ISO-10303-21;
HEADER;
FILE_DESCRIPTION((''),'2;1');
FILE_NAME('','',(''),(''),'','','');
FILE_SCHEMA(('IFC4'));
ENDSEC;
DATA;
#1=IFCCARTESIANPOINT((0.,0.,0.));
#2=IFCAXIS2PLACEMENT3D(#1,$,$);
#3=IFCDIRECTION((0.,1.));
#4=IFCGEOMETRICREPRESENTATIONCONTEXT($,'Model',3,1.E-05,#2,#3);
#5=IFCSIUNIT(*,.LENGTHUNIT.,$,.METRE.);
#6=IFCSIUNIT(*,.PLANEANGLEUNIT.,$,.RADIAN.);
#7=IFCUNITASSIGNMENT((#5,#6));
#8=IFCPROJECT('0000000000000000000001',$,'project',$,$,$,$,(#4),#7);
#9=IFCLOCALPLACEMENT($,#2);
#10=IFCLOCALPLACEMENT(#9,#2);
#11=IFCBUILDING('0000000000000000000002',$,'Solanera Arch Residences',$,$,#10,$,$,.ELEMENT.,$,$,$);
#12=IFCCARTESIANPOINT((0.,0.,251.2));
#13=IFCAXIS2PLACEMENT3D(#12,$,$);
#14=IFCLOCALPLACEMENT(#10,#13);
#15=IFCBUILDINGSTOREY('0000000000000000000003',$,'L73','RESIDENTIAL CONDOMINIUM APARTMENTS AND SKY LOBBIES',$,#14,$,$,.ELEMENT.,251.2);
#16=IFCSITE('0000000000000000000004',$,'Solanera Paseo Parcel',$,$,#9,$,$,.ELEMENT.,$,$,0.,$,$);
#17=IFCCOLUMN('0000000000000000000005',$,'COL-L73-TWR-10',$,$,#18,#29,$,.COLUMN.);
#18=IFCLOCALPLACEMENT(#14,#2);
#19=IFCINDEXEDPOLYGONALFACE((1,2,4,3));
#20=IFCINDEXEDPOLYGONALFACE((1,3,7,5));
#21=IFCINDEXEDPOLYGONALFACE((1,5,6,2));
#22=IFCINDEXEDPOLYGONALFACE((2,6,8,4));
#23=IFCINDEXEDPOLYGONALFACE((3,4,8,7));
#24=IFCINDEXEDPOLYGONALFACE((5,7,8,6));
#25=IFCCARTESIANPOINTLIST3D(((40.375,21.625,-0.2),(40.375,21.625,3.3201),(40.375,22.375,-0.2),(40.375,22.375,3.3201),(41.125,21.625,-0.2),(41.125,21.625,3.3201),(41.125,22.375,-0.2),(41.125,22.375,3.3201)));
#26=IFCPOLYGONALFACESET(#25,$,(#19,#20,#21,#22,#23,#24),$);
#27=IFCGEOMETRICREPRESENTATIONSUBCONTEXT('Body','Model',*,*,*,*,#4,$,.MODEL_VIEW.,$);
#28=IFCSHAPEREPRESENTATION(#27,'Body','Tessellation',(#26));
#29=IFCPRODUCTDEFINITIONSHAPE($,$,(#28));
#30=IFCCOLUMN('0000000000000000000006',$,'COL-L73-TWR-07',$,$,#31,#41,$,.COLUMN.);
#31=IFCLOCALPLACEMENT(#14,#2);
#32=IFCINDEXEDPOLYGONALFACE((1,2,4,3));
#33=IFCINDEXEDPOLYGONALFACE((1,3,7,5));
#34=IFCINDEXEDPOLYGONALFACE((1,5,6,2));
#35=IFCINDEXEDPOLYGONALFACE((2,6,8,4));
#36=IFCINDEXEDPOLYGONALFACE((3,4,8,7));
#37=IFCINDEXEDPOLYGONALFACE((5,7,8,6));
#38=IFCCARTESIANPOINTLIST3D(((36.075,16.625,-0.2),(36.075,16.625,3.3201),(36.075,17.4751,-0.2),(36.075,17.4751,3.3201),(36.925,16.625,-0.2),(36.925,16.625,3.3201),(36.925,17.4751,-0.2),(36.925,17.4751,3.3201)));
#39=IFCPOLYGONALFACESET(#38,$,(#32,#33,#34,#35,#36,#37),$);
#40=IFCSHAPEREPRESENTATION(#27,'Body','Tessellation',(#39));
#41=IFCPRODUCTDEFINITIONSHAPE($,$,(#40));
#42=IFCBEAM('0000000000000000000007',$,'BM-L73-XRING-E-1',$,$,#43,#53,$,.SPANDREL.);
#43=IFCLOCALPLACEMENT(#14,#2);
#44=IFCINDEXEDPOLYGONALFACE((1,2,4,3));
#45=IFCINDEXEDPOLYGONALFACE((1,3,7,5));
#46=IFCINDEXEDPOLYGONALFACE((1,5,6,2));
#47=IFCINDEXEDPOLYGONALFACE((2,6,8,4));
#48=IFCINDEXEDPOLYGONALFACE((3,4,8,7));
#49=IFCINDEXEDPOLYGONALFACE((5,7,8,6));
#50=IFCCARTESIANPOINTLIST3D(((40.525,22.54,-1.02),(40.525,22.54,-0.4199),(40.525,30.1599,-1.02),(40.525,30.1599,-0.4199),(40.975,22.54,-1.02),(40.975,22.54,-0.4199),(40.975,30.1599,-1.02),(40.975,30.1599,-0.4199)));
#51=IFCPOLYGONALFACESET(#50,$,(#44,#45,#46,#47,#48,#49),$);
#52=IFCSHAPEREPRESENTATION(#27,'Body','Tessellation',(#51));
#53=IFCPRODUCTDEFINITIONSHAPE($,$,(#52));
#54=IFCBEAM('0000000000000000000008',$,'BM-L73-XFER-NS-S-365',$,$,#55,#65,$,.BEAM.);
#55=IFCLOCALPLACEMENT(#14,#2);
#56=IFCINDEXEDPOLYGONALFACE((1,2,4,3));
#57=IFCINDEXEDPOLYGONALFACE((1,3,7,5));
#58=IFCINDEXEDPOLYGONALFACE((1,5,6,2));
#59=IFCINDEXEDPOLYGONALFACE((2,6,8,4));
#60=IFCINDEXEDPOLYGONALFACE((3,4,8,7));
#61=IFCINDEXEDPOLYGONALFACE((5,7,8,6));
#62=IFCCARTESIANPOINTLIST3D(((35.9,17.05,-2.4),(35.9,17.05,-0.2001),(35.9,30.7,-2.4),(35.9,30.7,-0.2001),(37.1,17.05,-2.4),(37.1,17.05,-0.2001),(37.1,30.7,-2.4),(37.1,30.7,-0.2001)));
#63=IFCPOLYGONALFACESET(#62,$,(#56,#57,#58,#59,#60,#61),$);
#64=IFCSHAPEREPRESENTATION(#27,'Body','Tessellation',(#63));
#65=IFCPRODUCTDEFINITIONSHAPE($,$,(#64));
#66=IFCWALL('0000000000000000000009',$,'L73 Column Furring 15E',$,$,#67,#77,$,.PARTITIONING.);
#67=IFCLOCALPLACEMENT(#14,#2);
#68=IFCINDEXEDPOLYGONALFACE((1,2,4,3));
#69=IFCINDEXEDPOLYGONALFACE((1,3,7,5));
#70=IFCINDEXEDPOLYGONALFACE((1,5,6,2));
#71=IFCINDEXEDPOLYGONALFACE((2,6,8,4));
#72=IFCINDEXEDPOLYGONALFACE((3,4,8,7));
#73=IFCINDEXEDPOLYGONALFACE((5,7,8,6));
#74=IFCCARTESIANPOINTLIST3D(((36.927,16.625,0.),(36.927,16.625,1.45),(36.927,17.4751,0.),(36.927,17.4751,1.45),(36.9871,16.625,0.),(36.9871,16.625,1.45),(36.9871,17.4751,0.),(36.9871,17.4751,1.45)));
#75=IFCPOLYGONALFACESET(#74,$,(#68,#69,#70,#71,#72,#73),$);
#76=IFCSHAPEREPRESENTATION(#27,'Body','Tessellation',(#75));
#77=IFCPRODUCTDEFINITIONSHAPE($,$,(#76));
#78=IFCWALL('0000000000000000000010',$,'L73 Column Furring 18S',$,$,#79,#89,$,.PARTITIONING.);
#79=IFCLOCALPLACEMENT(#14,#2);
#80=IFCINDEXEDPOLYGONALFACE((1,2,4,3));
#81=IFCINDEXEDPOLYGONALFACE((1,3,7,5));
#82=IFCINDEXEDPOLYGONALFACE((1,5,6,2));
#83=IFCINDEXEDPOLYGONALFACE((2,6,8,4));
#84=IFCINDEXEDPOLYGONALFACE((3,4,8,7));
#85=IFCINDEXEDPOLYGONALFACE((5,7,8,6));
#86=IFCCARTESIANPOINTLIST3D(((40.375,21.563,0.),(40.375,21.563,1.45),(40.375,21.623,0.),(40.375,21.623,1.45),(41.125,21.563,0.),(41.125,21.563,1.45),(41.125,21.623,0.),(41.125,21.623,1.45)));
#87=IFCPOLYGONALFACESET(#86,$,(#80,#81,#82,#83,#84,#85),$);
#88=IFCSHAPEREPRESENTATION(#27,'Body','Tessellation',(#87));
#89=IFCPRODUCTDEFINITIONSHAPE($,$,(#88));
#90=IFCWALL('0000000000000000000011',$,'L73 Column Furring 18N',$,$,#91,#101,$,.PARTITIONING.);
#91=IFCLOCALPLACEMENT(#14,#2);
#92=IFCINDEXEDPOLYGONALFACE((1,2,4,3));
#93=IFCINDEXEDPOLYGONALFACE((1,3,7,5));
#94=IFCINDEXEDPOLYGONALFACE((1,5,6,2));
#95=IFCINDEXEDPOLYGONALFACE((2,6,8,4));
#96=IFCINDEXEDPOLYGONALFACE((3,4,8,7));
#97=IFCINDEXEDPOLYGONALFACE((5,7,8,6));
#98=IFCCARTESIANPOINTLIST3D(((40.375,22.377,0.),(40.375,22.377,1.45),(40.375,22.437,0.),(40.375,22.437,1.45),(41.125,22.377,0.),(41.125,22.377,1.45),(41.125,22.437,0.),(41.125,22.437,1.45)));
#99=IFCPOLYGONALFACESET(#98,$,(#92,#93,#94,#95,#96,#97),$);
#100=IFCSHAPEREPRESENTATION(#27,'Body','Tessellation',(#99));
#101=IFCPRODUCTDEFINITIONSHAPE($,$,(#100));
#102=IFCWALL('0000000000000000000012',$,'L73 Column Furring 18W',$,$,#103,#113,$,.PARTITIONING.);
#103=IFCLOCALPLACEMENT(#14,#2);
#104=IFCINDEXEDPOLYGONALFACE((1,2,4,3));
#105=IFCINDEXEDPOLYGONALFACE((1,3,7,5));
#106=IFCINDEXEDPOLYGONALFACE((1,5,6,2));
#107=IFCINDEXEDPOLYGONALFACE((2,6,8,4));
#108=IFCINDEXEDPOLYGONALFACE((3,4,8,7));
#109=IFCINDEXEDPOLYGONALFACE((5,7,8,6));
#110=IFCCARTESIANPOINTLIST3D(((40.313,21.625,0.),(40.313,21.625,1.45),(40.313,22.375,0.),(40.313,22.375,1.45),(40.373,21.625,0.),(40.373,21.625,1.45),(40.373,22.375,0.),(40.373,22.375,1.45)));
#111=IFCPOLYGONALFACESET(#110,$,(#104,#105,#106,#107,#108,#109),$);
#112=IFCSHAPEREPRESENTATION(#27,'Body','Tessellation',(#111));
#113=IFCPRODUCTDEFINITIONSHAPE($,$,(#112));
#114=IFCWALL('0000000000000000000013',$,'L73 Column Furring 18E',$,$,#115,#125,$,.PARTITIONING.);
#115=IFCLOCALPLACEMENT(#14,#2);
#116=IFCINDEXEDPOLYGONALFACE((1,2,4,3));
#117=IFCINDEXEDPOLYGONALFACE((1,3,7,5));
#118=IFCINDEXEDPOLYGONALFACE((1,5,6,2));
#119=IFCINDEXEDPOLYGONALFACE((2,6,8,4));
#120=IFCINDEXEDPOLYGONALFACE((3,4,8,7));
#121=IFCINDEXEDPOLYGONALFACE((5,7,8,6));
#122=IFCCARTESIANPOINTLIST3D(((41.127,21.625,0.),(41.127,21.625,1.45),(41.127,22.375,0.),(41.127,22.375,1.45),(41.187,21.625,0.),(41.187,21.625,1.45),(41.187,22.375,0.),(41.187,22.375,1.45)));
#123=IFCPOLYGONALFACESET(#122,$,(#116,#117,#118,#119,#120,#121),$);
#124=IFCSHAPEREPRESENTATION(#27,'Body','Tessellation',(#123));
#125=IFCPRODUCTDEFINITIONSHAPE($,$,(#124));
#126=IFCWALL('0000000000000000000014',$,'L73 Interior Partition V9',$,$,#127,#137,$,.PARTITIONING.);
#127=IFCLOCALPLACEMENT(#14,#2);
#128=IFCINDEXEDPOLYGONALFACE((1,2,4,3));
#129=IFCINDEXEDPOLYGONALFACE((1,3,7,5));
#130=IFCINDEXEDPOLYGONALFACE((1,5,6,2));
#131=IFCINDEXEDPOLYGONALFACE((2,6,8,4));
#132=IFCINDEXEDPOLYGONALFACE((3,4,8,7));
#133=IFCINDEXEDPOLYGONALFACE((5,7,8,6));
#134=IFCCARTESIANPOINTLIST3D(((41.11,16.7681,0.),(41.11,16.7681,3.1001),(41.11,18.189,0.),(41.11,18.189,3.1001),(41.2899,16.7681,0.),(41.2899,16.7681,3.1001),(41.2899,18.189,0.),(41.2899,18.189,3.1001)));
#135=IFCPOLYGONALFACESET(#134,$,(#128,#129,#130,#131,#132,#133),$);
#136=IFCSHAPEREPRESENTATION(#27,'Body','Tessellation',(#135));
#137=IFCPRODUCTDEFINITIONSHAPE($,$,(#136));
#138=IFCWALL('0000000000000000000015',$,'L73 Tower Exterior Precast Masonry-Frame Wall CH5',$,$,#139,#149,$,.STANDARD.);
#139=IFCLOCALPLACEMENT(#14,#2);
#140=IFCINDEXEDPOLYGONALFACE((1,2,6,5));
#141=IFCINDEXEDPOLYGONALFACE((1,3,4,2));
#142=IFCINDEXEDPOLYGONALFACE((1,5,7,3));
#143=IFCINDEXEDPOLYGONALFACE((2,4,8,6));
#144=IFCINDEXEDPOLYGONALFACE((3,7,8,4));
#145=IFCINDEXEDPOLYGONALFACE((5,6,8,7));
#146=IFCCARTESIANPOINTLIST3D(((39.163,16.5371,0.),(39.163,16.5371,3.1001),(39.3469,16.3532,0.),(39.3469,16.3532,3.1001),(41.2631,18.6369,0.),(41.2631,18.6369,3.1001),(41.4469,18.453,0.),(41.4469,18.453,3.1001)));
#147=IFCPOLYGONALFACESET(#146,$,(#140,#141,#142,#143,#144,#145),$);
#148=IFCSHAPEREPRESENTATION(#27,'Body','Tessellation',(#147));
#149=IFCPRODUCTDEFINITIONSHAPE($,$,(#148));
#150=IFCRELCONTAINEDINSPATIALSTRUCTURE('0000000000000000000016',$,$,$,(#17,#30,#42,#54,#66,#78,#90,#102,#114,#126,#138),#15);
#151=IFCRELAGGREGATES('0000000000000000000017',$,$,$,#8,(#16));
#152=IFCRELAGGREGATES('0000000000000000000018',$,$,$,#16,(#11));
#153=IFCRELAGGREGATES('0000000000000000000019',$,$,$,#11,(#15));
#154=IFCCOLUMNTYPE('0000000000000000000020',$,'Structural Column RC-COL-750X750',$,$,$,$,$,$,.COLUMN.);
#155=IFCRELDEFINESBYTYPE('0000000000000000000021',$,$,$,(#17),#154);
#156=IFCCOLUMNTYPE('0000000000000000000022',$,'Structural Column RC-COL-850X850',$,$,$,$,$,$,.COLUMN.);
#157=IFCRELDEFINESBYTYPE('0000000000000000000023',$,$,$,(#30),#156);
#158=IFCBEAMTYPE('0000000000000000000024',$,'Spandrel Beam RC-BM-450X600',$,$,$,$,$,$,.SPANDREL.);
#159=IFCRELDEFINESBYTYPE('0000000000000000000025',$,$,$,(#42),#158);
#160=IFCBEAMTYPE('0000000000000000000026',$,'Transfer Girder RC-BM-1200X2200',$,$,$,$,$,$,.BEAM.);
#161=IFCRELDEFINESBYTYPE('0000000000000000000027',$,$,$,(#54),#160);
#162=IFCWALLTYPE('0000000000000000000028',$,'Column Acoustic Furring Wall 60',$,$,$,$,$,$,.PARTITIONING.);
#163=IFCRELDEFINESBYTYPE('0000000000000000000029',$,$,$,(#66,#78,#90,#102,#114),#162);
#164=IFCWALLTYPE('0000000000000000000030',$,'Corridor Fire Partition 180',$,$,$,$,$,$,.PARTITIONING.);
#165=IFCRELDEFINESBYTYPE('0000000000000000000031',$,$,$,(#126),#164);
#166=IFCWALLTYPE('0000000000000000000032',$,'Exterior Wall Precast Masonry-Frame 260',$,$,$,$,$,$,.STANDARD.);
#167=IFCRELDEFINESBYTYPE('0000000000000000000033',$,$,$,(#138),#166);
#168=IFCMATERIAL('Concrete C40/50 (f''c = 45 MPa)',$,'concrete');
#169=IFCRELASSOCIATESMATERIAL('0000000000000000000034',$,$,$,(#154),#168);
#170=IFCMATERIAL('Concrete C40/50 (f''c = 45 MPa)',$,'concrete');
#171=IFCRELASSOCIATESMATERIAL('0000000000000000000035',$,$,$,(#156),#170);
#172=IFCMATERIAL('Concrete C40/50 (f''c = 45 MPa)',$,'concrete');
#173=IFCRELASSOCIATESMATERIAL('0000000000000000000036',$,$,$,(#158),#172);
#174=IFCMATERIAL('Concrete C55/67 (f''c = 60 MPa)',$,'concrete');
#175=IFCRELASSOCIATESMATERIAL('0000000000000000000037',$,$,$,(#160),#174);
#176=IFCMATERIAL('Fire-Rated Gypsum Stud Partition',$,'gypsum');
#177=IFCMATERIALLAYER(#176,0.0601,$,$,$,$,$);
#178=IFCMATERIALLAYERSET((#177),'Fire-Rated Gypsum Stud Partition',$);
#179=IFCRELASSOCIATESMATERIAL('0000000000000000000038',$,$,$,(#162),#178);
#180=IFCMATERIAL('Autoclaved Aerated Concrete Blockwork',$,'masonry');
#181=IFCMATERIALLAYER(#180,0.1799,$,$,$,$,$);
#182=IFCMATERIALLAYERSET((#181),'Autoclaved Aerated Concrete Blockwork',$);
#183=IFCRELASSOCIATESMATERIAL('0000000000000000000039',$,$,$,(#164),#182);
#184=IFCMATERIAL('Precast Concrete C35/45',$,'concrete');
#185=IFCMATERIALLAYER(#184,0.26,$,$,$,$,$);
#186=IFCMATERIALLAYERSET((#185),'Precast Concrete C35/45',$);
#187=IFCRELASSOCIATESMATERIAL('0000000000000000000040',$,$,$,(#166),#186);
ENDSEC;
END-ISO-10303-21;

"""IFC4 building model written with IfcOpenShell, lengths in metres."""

from ifc_helpers import new_model, si_unit, direction, frame, frame_2d, origin, origin_2d, place, context, subcontext, project, spatial, rectangle, extrude, material, layer, layer_set, material_profile, profile_set, type_object, element, save


model = new_model("IFC4")

# Units and contexts
model_context = context("Model", 3, precision=1e-05, world=origin(), true_north=direction((0.0, 1.0)))
body_context = subcontext(model_context, "Body", "Model", "MODEL_VIEW")
ifc_project = project(units=[si_unit("LENGTHUNIT", "METRE"), si_unit("PLANEANGLEUNIT", "RADIAN")], contexts=[model_context])

# Site, building, storey
site_placement = place(None, origin())
site = spatial("IfcSite", under=ifc_project, at=site_placement, Name="Solanera Paseo Parcel", CompositionType="ELEMENT", RefElevation=0.0)
building_placement = place(site_placement, origin())
building = spatial("IfcBuilding", under=site, at=building_placement, Name="Solanera Arch Residences", CompositionType="ELEMENT")
storey_placement = place(building_placement, frame((0.0, 0.0, 251.2)))
storey = spatial("IfcBuildingStorey", under=building, at=storey_placement, Name="L73", Description="RESIDENTIAL CONDOMINIUM APARTMENTS AND SKY LOBBIES", CompositionType="ELEMENT", Elevation=251.2)

# Columns
ifc_material_1 = material(Name="Concrete C40/50 (f'c = 45 MPa)", Category="concrete")
ifc_material_profile_1 = material_profile(ifc_material_1, rectangle(XDim=0.75, YDim=0.75, at=origin_2d()))
ifc_profile_set_1 = profile_set([ifc_material_profile_1], Name="Concrete C40/50 (f'c = 45 MPa)")
column_type_1 = type_object("IfcColumnType", Name="Structural Column RC-COL-750X750", PredefinedType="COLUMN", material=ifc_profile_set_1)
column_1_placement = place(storey_placement, frame((40.75, 22.0, -0.2), z_axis=(0.0, 0.0, 1.0), x_axis=(1.0, 0.0, 0.0)))
element("IfcColumn", 1, at=column_1_placement, inside=storey, type_object=column_type_1, Name="COL-L73-TWR-10", PredefinedType="COLUMN", context=body_context, shape_type="SweptSolid", body=[
    extrude(rectangle(XDim=0.75, YDim=0.75, at=origin_2d()), origin(), (0.0, 0.0, 1.0), 3.52),
])
ifc_material_2 = material(Name="Concrete C40/50 (f'c = 45 MPa)", Category="concrete")
ifc_material_profile_2 = material_profile(ifc_material_2, rectangle(XDim=0.8501, YDim=0.8501, at=origin_2d()))
ifc_profile_set_2 = profile_set([ifc_material_profile_2], Name="Concrete C40/50 (f'c = 45 MPa)")
column_type_2 = type_object("IfcColumnType", Name="Structural Column RC-COL-850X850", PredefinedType="COLUMN", material=ifc_profile_set_2)
column_2_placement = place(storey_placement, frame((36.5, 17.05, -0.2), z_axis=(0.0, 0.0, 1.0), x_axis=(1.0, 0.0, 0.0)))
element("IfcColumn", 2, at=column_2_placement, inside=storey, type_object=column_type_2, Name="COL-L73-TWR-07", PredefinedType="COLUMN", context=body_context, shape_type="SweptSolid", body=[
    extrude(rectangle(XDim=0.8501, YDim=0.8501, at=origin_2d()), origin(), (0.0, 0.0, 1.0), 3.52),
])

# Beams
ifc_material_3 = material(Name="Concrete C40/50 (f'c = 45 MPa)", Category="concrete")
ifc_material_profile_3 = material_profile(ifc_material_3, rectangle(XDim=0.45, YDim=0.6001, at=origin_2d()))
ifc_profile_set_3 = profile_set([ifc_material_profile_3], Name="Concrete C40/50 (f'c = 45 MPa)")
beam_type_1 = type_object("IfcBeamType", Name="Spandrel Beam RC-BM-450X600", PredefinedType="SPANDREL", material=ifc_profile_set_3)
beam_1_placement = place(storey_placement, frame((40.75, 22.54, -0.72), z_axis=(0.0, 1.0, 0.0), x_axis=(-1.0, 0.0, 0.0)))
element("IfcBeam", 3, at=beam_1_placement, inside=storey, type_object=beam_type_1, Name="BM-L73-XRING-E-1", PredefinedType="SPANDREL", context=body_context, shape_type="SweptSolid", body=[
    extrude(rectangle(XDim=0.45, YDim=0.6001, at=origin_2d()), origin(), (0.0, 0.0, 1.0), 7.6199),
])
ifc_material_4 = material(Name="Concrete C55/67 (f'c = 60 MPa)", Category="concrete")
ifc_material_profile_4 = material_profile(ifc_material_4, rectangle(XDim=1.2, YDim=2.2, at=origin_2d()))
ifc_profile_set_4 = profile_set([ifc_material_profile_4], Name="Concrete C55/67 (f'c = 60 MPa)")
beam_type_2 = type_object("IfcBeamType", Name="Transfer Girder RC-BM-1200X2200", PredefinedType="BEAM", material=ifc_profile_set_4)
beam_2_placement = place(storey_placement, frame((36.5, 17.05, -1.3), z_axis=(0.0, 1.0, 0.0), x_axis=(-1.0, 0.0, 0.0)))
element("IfcBeam", 4, at=beam_2_placement, inside=storey, type_object=beam_type_2, Name="BM-L73-XFER-NS-S-365", PredefinedType="BEAM", context=body_context, shape_type="SweptSolid", body=[
    extrude(rectangle(XDim=1.2, YDim=2.2, at=origin_2d()), origin(), (0.0, 0.0, 1.0), 13.6499),
])

# Walls
ifc_material_5 = material(Name="Fire-Rated Gypsum Stud Partition", Category="gypsum")
ifc_layer_1 = layer(ifc_material_5, 0.0601)
ifc_layer_set_1 = layer_set([ifc_layer_1], Name="Fire-Rated Gypsum Stud Partition")
wall_type_1 = type_object("IfcWallType", Name="Column Acoustic Furring Wall 60", PredefinedType="PARTITIONING", material=ifc_layer_set_1)
wall_1_placement = place(storey_placement, frame((36.957, 16.625, 0.0), z_axis=(0.0, 0.0, 1.0), x_axis=(0.0, 1.0, 0.0)))
element("IfcWall", 5, at=wall_1_placement, inside=storey, type_object=wall_type_1, Name="L73 Column Furring 15E", PredefinedType="PARTITIONING", context=body_context, shape_type="SweptSolid", body=[
    extrude(rectangle(XDim=0.8501, YDim=0.0601, at=frame_2d((0.425, 0.0))), origin(), (0.0, 0.0, 1.0), 1.45),
])
for number, where, z_axis, x_axis, name in (
    (6, (40.375, 21.593, 0.0), (0.0, 0.0, 1.0), (1.0, 0.0, 0.0), "L73 Column Furring 18S"),
    (7, (40.375, 22.407, 0.0), (0.0, 0.0, 1.0), (1.0, 0.0, 0.0), "L73 Column Furring 18N"),
    (8, (40.343, 21.625, 0.0), (0.0, 0.0, 1.0), (0.0, 1.0, 0.0), "L73 Column Furring 18W"),
    (9, (41.157, 21.625, 0.0), (0.0, 0.0, 1.0), (0.0, 1.0, 0.0), "L73 Column Furring 18E"),
):
    element("IfcWall", number, at=place(storey_placement, frame(where, z_axis=z_axis, x_axis=x_axis)), inside=storey, type_object=wall_type_1, Name=name, PredefinedType="PARTITIONING", context=body_context, shape_type="SweptSolid", body=[
        extrude(rectangle(XDim=0.75, YDim=0.0601, at=frame_2d((0.375, 0.0))), origin(), (0.0, 0.0, 1.0), 1.45),
    ])
ifc_material_6 = material(Name="Autoclaved Aerated Concrete Blockwork", Category="masonry")
ifc_layer_2 = layer(ifc_material_6, 0.1799)
ifc_layer_set_2 = layer_set([ifc_layer_2], Name="Autoclaved Aerated Concrete Blockwork")
wall_type_2 = type_object("IfcWallType", Name="Corridor Fire Partition 180", PredefinedType="PARTITIONING", material=ifc_layer_set_2)
wall_2_placement = place(storey_placement, frame((41.2, 16.7681, 0.0), z_axis=(0.0, 0.0, 1.0), x_axis=(0.0, 1.0, 0.0)))
element("IfcWall", 10, at=wall_2_placement, inside=storey, type_object=wall_type_2, Name="L73 Interior Partition V9", PredefinedType="PARTITIONING", context=body_context, shape_type="SweptSolid", body=[
    extrude(rectangle(XDim=1.4209, YDim=0.1799, at=frame_2d((0.7104, 0.0))), origin(), (0.0, 0.0, 1.0), 3.1001),
])
ifc_material_7 = material(Name="Precast Concrete C35/45", Category="concrete")
ifc_layer_3 = layer(ifc_material_7, 0.26)
ifc_layer_set_3 = layer_set([ifc_layer_3], Name="Precast Concrete C35/45")
wall_type_3 = type_object("IfcWallType", Name="Exterior Wall Precast Masonry-Frame 260", PredefinedType="STANDARD", material=ifc_layer_set_3)
wall_3_placement = place(storey_placement, frame((41.355, 18.5449, 0.0), z_axis=(0.0, 0.0, 1.0), x_axis=(-0.707148, -0.707066, 0.0)))
element("IfcWall", 11, at=wall_3_placement, inside=storey, type_object=wall_type_3, Name="L73 Tower Exterior Precast Masonry-Frame Wall CH5", PredefinedType="STANDARD", context=body_context, shape_type="SweptSolid", body=[
    extrude(rectangle(XDim=2.9697, YDim=0.26, at=frame_2d((1.4849, 0.0))), origin(), (0.0, 0.0, 1.0), 3.1001),
])

save(model, "model.ifc")
